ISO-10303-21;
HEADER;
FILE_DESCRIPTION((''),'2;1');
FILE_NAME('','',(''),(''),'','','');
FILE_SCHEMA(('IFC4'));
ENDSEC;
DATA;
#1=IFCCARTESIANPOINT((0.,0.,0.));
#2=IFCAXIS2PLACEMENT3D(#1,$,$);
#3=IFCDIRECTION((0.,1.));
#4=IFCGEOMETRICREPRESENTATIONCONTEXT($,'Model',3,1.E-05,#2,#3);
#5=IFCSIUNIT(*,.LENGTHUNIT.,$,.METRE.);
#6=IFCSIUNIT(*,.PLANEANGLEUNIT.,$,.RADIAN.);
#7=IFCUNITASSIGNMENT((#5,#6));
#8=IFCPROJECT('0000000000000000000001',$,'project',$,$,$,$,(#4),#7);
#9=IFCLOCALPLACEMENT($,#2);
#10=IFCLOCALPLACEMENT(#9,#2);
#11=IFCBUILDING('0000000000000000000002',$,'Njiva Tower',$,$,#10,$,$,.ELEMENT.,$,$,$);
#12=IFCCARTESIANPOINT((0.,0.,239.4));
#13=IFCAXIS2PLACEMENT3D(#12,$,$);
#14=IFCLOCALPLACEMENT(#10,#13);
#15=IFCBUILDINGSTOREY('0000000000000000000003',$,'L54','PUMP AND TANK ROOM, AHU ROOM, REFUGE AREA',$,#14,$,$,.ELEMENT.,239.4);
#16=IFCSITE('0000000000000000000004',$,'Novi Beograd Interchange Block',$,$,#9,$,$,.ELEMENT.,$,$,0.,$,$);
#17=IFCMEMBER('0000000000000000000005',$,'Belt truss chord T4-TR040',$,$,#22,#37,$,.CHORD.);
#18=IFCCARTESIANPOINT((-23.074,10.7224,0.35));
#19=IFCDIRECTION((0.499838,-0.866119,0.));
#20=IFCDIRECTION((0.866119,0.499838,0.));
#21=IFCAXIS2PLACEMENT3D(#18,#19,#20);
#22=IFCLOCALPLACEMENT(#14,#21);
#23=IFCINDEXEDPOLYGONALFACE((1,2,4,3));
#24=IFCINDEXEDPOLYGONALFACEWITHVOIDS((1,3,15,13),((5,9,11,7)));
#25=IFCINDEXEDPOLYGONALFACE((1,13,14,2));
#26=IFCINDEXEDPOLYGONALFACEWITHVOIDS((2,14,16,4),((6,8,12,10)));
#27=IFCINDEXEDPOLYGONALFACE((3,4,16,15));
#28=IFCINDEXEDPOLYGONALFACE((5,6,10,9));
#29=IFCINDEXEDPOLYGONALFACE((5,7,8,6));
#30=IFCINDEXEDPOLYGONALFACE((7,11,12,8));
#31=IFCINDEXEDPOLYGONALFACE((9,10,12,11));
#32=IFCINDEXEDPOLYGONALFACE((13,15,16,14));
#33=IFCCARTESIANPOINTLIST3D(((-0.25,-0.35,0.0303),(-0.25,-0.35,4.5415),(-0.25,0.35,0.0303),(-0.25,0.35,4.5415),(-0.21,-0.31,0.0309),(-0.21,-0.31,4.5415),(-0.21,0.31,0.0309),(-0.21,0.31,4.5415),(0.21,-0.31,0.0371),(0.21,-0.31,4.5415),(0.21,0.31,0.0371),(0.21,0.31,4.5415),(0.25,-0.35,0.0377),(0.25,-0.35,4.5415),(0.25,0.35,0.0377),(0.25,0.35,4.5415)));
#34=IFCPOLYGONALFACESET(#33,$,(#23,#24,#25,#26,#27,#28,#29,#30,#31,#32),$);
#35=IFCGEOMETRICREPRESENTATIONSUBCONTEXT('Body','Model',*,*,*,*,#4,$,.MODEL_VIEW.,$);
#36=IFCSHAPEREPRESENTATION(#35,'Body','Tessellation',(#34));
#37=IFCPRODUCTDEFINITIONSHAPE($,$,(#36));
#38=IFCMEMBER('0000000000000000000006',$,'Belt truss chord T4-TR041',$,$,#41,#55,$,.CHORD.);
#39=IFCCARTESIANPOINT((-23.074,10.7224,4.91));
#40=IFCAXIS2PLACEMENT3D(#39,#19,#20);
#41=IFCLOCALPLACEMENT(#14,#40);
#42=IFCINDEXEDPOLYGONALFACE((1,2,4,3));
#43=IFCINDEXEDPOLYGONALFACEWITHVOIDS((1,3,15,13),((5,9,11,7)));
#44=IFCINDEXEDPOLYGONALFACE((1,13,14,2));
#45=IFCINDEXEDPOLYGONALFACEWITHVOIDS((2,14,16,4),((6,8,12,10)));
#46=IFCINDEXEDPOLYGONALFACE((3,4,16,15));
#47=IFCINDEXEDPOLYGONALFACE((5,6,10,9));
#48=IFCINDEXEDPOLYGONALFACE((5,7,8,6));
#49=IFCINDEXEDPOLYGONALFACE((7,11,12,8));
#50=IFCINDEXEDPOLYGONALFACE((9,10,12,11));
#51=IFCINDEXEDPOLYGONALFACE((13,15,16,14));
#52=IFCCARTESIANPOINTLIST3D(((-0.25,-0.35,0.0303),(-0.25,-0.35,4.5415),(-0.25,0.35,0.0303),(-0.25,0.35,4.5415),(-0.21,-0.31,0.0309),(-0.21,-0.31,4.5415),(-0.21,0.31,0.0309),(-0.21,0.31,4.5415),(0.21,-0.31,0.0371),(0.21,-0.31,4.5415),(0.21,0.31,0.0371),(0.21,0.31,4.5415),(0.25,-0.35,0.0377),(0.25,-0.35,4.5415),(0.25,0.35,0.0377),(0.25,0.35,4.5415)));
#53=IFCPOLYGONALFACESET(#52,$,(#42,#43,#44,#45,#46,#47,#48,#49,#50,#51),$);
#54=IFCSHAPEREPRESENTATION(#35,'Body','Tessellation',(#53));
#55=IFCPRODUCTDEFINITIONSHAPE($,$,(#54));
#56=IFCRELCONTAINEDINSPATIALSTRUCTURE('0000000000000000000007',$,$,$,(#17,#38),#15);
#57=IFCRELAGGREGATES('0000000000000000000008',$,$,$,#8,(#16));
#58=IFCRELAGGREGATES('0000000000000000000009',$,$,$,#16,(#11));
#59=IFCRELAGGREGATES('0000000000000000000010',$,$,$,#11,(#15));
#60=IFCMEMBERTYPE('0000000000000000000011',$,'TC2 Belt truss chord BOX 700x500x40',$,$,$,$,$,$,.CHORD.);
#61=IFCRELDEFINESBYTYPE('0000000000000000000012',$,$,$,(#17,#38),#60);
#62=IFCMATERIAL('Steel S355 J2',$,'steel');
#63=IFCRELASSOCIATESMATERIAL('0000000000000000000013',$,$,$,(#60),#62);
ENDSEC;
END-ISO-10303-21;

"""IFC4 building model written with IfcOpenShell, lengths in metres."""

from ifc_helpers import new_model, si_unit, direction, frame, origin, origin_2d, place, context, subcontext, project, spatial, hollow_rectangle, extrude, clip, halfspace, material, material_profile, profile_set, type_object, element, save


model = new_model("IFC4")

# Units and contexts
model_context = context("Model", 3, precision=1e-05, world=origin(), true_north=direction((0.0, 1.0)))
body_context = subcontext(model_context, "Body", "Model", "MODEL_VIEW")
ifc_project = project(units=[si_unit("LENGTHUNIT", "METRE"), si_unit("PLANEANGLEUNIT", "RADIAN")], contexts=[model_context])

# Site, building, storey
site_placement = place(None, origin())
site = spatial("IfcSite", under=ifc_project, at=site_placement, Name="Novi Beograd Interchange Block", CompositionType="ELEMENT", RefElevation=0.0)
building_placement = place(site_placement, origin())
building = spatial("IfcBuilding", under=site, at=building_placement, Name="Njiva Tower", CompositionType="ELEMENT")
storey_placement = place(building_placement, frame((0.0, 0.0, 239.4)))
storey = spatial("IfcBuildingStorey", under=building, at=storey_placement, Name="L54", Description="PUMP AND TANK ROOM, AHU ROOM, REFUGE AREA", CompositionType="ELEMENT", Elevation=239.4)

# Shared definitions
ifc_material_1 = material(Name="Steel S355 J2", Category="steel")

# Members
ifc_material_profile_1 = material_profile(ifc_material_1, hollow_rectangle(XDim=0.5, YDim=0.7, WallThickness=0.04, at=origin_2d()), Name="BOX 700x500x40")
ifc_profile_set_1 = profile_set([ifc_material_profile_1], Name="Steel S355 J2")
member_type_1 = type_object("IfcMemberType", Name="TC2 Belt truss chord BOX 700x500x40", PredefinedType="CHORD", material=ifc_profile_set_1)
member_1_placement = place(storey_placement, frame((-23.074, 10.7224, 0.35), z_axis=(0.499838, -0.866119, 0.0), x_axis=(0.866119, 0.499838, 0.0)))
element("IfcMember", 1, at=member_1_placement, inside=storey, type_object=member_type_1, Name="Belt truss chord T4-TR040", PredefinedType="CHORD", context=body_context, shape_type="Clipping", body=[
    clip(extrude(hollow_rectangle(XDim=0.5, YDim=0.7, WallThickness=0.04, at=origin_2d()), origin(), (0.0, 0.0, 1.0), 4.5415), halfspace(frame((0.0, -239.75, 0.034), z_axis=(0.014852, 0.0, -0.99989), x_axis=(0.0, -1.0, 0.0)), False)),
])
member_2_placement = place(storey_placement, frame((-23.074, 10.7224, 4.91), z_axis=(0.499838, -0.866119, 0.0), x_axis=(0.866119, 0.499838, 0.0)))
element("IfcMember", 2, at=member_2_placement, inside=storey, type_object=member_type_1, Name="Belt truss chord T4-TR041", PredefinedType="CHORD", context=body_context, shape_type="Clipping", body=[
    clip(extrude(hollow_rectangle(XDim=0.5, YDim=0.7, WallThickness=0.04, at=origin_2d()), origin(), (0.0, 0.0, 1.0), 4.5415), halfspace(frame((0.0, -244.31, 0.034), z_axis=(0.014852, 0.0, -0.99989), x_axis=(0.0, -1.0, 0.0)), False)),
])

save(model, "model.ifc")
